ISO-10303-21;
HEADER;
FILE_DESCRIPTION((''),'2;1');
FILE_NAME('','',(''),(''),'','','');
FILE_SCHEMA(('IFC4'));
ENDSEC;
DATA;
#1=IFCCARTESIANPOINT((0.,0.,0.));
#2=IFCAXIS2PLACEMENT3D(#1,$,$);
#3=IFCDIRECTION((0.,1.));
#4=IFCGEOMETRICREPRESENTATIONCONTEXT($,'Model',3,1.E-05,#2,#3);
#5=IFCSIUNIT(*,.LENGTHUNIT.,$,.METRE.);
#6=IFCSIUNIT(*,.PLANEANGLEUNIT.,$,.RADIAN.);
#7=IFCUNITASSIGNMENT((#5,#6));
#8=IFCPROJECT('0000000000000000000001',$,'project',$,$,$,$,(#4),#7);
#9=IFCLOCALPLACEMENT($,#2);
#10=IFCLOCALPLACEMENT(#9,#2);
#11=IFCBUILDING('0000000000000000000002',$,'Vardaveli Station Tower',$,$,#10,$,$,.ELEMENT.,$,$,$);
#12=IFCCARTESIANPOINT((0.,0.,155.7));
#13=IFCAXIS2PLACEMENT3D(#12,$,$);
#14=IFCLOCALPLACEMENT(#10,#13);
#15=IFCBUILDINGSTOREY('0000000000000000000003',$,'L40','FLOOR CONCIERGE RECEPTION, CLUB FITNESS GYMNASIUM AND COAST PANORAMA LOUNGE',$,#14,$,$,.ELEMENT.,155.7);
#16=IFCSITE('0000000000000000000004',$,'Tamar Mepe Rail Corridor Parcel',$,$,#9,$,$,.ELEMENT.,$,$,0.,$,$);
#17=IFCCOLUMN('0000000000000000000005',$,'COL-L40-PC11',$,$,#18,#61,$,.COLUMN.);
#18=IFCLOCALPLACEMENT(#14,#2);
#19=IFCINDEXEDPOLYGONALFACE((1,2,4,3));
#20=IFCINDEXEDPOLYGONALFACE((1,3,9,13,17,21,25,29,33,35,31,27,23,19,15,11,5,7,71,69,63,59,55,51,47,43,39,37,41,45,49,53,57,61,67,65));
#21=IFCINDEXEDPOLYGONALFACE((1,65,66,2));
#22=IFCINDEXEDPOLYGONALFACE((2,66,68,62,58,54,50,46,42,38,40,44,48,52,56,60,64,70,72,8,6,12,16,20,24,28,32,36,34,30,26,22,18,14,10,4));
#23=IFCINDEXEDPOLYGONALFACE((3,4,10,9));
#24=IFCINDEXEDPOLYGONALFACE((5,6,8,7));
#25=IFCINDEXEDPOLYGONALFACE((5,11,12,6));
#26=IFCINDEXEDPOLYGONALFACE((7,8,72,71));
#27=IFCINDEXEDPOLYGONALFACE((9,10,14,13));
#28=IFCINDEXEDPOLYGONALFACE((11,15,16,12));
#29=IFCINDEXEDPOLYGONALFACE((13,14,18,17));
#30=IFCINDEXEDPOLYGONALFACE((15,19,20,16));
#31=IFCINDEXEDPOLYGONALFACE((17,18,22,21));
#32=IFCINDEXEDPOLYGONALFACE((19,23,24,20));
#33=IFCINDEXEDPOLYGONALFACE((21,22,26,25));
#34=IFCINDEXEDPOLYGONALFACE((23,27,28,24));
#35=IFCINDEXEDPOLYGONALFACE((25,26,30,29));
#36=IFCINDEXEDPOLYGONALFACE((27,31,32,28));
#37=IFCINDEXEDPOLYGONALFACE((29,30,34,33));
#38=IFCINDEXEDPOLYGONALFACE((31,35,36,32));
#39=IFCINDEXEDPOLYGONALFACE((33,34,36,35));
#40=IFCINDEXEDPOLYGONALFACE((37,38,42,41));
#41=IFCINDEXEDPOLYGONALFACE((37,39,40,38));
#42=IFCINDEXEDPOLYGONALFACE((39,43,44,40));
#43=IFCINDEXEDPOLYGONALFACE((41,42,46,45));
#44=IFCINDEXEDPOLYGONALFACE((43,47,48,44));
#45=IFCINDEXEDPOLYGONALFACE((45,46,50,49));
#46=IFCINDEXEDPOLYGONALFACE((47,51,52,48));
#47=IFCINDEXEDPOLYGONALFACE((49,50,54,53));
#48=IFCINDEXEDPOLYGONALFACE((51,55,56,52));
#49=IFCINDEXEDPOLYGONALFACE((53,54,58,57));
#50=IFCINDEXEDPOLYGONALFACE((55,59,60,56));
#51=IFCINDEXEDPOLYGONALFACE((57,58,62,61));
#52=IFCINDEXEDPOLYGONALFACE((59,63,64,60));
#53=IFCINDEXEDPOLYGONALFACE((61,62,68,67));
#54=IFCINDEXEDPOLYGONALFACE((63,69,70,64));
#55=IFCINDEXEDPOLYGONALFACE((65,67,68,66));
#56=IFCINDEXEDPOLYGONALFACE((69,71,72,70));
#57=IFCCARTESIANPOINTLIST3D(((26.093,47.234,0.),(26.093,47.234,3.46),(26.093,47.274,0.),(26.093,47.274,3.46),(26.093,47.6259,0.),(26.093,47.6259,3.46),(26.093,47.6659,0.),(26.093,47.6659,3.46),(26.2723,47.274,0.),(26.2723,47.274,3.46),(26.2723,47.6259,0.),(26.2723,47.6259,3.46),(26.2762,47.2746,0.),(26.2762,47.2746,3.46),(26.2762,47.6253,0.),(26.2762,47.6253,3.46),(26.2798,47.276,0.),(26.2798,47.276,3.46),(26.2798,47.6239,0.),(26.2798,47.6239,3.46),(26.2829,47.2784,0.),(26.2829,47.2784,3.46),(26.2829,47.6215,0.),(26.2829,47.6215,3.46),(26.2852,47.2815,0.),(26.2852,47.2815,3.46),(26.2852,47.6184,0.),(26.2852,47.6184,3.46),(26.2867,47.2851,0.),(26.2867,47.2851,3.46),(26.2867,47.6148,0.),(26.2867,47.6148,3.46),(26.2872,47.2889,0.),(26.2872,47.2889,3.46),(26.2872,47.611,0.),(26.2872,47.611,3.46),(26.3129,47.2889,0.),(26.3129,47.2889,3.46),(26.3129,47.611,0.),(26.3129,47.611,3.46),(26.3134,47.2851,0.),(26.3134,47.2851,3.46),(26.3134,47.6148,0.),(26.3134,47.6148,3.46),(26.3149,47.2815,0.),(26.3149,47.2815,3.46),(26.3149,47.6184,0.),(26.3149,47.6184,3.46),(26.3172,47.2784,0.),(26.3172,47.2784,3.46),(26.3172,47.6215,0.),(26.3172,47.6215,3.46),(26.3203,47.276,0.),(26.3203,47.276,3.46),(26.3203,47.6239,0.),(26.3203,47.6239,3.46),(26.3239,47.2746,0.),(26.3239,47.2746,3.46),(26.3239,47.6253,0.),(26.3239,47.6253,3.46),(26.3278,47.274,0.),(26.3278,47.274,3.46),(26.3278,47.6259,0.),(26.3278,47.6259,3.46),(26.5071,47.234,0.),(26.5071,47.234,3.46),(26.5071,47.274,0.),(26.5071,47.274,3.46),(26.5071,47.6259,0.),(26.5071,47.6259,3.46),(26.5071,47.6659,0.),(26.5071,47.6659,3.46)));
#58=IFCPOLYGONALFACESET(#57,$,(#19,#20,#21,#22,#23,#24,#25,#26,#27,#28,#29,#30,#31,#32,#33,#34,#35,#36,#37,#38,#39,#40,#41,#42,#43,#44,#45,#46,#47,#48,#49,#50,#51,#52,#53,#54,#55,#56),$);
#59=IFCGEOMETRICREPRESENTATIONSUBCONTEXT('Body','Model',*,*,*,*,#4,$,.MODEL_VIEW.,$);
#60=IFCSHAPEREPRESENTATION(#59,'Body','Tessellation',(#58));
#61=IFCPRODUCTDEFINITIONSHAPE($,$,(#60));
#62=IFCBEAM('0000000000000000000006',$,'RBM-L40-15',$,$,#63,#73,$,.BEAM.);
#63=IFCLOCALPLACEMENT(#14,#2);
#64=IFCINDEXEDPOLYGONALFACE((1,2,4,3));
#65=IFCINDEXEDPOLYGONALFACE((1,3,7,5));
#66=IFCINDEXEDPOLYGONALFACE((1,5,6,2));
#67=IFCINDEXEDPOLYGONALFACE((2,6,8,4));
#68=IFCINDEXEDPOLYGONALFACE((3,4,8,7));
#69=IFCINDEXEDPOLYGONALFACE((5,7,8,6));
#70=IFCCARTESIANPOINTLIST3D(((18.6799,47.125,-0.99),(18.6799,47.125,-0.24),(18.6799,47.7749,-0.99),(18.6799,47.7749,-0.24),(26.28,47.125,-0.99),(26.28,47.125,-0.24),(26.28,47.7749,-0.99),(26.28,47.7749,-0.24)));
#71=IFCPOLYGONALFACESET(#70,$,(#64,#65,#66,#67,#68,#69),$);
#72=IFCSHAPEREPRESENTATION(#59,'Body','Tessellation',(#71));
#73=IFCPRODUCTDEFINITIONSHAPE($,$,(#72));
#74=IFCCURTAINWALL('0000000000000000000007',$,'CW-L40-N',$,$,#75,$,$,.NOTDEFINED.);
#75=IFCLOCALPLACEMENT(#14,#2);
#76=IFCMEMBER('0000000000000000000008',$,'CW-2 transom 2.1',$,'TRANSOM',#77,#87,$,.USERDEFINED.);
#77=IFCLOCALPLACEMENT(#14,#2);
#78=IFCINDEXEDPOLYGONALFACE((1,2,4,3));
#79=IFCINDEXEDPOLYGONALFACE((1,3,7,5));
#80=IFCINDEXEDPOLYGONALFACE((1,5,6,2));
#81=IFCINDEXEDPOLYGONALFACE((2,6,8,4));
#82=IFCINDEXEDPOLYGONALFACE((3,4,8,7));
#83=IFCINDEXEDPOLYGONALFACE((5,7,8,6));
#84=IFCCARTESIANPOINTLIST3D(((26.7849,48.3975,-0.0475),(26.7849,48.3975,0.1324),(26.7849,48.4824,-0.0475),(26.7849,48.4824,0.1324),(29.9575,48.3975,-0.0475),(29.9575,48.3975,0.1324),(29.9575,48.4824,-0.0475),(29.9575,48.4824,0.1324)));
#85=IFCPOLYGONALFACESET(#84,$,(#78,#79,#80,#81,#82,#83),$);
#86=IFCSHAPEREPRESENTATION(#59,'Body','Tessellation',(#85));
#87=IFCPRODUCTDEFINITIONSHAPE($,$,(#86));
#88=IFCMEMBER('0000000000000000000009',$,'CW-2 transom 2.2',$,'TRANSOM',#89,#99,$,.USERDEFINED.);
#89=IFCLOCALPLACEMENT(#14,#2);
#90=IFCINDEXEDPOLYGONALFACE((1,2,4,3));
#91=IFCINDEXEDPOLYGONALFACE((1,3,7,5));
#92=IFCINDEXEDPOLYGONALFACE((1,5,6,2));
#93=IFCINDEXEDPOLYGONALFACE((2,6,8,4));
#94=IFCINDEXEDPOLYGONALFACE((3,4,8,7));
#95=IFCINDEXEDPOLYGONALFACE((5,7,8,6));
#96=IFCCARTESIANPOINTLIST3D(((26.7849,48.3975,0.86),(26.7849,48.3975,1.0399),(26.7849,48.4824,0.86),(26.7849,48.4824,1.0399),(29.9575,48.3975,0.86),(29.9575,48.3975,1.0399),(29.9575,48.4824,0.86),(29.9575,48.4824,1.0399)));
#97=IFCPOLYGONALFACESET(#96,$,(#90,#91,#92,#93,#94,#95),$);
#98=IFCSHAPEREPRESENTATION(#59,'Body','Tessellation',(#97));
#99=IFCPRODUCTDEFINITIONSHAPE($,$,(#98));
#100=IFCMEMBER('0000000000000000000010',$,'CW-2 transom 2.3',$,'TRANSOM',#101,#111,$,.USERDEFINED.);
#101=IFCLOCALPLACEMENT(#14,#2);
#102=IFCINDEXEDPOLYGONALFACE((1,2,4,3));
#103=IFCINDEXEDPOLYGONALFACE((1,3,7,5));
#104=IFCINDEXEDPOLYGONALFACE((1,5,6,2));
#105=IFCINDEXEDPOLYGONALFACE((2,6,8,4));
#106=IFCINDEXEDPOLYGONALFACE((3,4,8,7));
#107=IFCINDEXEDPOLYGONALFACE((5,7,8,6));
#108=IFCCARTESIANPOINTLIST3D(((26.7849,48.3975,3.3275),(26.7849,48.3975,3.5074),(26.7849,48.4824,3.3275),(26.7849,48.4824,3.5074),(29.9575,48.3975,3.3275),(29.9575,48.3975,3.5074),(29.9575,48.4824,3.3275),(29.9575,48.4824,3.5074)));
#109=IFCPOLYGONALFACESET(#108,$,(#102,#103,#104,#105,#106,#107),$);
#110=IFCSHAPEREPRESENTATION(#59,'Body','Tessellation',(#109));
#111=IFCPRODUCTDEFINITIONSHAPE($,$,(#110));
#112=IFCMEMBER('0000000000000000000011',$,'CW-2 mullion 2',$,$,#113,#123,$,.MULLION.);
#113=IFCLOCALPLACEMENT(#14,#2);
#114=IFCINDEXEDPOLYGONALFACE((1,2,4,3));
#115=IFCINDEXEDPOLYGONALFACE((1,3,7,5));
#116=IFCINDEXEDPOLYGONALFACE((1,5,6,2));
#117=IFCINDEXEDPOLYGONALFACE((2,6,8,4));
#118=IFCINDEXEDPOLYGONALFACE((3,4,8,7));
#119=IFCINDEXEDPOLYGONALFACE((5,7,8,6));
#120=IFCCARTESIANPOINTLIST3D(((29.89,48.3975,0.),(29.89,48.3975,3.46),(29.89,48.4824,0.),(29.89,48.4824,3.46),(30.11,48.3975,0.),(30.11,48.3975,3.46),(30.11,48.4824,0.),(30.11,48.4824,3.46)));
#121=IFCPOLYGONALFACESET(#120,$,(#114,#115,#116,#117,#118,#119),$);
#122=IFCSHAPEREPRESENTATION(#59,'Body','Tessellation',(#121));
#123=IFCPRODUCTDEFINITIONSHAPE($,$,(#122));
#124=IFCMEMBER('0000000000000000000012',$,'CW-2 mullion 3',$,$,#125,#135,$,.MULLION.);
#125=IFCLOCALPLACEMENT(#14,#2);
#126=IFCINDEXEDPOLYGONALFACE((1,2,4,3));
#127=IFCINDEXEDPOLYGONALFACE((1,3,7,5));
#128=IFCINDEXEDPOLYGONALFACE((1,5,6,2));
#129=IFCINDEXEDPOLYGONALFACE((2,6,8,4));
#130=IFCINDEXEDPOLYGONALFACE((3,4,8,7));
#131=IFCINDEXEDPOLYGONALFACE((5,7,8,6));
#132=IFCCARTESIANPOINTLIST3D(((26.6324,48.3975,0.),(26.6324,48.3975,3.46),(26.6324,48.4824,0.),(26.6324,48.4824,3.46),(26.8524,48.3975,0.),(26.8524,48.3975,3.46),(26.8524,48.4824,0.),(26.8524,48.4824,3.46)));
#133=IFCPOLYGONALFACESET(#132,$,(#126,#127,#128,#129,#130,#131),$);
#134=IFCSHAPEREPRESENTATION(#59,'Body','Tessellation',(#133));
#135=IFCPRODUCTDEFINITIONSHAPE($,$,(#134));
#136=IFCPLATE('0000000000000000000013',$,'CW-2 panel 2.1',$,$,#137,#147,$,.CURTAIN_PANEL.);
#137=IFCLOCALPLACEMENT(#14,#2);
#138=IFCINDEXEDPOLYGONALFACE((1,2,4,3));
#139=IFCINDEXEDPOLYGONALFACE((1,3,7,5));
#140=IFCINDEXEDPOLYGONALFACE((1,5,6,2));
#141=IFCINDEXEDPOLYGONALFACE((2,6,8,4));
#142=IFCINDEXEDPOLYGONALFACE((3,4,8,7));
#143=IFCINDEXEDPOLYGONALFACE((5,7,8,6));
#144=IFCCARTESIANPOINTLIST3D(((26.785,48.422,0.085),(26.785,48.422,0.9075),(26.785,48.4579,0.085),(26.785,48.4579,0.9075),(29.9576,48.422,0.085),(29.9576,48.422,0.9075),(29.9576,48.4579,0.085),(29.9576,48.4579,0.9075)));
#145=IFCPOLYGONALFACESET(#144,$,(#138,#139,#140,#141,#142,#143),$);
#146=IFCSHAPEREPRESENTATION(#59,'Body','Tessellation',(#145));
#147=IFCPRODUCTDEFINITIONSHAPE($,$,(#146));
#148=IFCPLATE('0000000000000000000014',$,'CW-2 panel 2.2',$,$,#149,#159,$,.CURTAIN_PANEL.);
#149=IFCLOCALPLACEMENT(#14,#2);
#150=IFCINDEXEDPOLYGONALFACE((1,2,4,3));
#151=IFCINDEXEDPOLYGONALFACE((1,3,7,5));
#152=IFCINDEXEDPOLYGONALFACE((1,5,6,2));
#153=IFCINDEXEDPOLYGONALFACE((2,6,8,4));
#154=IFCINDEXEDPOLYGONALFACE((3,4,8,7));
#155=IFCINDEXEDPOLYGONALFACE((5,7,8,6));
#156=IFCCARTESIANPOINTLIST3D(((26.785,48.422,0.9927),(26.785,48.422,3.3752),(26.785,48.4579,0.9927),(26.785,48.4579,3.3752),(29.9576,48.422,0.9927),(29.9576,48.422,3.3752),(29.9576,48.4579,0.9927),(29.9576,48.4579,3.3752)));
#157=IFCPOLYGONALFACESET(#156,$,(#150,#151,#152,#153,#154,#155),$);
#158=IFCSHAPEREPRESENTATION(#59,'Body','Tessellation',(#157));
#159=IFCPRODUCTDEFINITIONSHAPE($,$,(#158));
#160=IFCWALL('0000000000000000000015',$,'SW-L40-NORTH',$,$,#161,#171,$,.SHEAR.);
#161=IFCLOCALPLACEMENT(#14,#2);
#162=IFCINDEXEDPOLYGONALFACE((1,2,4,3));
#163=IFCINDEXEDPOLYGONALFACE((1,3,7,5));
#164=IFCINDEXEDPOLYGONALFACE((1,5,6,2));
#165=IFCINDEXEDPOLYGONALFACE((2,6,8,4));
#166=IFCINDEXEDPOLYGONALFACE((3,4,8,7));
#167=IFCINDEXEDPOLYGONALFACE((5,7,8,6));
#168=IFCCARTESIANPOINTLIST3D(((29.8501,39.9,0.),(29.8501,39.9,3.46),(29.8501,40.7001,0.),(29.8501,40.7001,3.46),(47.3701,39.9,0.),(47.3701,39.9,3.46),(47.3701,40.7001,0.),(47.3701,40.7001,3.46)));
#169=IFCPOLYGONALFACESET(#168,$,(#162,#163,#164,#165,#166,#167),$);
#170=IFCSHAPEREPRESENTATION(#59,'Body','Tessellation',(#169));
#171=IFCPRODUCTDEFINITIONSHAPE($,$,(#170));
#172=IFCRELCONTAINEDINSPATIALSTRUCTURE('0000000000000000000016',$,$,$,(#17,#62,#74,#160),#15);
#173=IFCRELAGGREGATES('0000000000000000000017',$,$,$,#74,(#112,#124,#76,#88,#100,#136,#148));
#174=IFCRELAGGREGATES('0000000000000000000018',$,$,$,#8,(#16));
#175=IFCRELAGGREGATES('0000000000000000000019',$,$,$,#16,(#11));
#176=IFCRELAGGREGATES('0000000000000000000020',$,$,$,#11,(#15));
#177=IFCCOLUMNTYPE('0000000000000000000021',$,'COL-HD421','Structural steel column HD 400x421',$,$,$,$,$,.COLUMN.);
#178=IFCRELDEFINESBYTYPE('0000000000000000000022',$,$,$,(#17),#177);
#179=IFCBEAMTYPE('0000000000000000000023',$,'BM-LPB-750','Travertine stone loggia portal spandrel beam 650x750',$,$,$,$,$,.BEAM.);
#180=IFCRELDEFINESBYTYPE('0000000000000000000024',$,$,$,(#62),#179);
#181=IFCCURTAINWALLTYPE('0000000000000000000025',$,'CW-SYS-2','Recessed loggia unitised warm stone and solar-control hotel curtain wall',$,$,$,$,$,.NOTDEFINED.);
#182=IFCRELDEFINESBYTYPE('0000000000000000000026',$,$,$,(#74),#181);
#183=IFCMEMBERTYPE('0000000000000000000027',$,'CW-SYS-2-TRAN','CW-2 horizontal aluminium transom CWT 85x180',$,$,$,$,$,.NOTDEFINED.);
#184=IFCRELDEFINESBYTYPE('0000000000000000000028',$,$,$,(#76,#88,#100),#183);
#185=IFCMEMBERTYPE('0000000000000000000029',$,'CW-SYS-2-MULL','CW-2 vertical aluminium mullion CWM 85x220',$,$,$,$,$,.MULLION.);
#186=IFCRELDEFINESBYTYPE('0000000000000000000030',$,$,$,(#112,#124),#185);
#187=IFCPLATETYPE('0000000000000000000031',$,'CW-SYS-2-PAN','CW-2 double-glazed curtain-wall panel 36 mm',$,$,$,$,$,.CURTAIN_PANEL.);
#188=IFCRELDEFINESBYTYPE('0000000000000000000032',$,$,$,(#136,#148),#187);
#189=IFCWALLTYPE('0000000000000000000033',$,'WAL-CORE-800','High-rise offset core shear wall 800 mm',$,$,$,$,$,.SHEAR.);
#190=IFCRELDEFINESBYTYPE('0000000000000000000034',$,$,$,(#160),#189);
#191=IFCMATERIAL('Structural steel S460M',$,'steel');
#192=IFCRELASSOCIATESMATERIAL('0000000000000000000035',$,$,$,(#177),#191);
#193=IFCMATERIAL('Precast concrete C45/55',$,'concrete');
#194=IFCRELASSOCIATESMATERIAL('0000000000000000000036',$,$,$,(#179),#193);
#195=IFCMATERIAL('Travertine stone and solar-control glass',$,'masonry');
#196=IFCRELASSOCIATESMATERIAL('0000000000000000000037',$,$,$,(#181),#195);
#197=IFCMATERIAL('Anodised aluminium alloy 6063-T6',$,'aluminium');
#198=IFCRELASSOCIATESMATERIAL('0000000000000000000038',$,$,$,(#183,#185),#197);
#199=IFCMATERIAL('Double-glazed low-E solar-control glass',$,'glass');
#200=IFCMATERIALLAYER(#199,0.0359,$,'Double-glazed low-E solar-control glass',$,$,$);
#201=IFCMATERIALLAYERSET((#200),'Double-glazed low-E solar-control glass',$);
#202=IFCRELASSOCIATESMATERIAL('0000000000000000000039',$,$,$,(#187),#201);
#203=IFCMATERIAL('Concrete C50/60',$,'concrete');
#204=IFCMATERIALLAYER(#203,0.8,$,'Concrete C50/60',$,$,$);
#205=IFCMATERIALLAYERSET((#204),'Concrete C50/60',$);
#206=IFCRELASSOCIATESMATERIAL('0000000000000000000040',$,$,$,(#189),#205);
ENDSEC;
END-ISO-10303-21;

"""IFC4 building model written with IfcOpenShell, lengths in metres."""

from ifc_helpers import new_model, si_unit, direction, frame, frame_2d, origin, origin_2d, place, context, subcontext, project, spatial, rectangle, i_section, extrude, source, transform, mapped, material, layer, layer_set, material_profile, profile_set, type_object, element, aggregate, save


model = new_model("IFC4")

# Units and contexts
model_context = context("Model", 3, precision=1e-05, world=origin(), true_north=direction((0.0, 1.0)))
body_context = subcontext(model_context, "Body", "Model", "MODEL_VIEW")
ifc_project = project(units=[si_unit("LENGTHUNIT", "METRE"), si_unit("PLANEANGLEUNIT", "RADIAN")], contexts=[model_context])

# Site, building, storey
site_placement = place(None, origin())
site = spatial("IfcSite", under=ifc_project, at=site_placement, Name="Tamar Mepe Rail Corridor Parcel", CompositionType="ELEMENT", RefElevation=0.0)
building_placement = place(site_placement, origin())
building = spatial("IfcBuilding", under=site, at=building_placement, Name="Vardaveli Station Tower", CompositionType="ELEMENT")
storey_placement = place(building_placement, frame((0.0, 0.0, 155.7)))
storey = spatial("IfcBuildingStorey", under=building, at=storey_placement, Name="L40", Description="FLOOR CONCIERGE RECEPTION, CLUB FITNESS GYMNASIUM AND COAST PANORAMA LOUNGE", CompositionType="ELEMENT", Elevation=155.7)

# Column
ifc_material_1 = material(Name="Structural steel S460M", Category="steel")
ifc_material_profile_1 = material_profile(ifc_material_1, i_section(OverallWidth=0.4141, OverallDepth=0.4319, WebThickness=0.0256, FlangeThickness=0.04, FilletRadius=0.0149, at=origin_2d()), Name="HD 400x421")
ifc_profile_set_1 = profile_set([ifc_material_profile_1], Name="Structural steel S460M")
column_type = type_object("IfcColumnType", Name="COL-HD421", Description="Structural steel column HD 400x421", PredefinedType="COLUMN", material=ifc_profile_set_1)
shared_shape_1 = source(origin(), body_context, "Body", "SweptSolid", [
    extrude(i_section(OverallWidth=0.4141, OverallDepth=0.4319, WebThickness=0.0256, FlangeThickness=0.04, FilletRadius=0.0149, at=origin_2d()), origin(), (0.0, 0.0, 1.0), 3.46),
])
column_placement = place(storey_placement, frame((26.3, 47.45, 0.0), z_axis=(0.0, 0.0, 1.0), x_axis=(1.0, 0.0, 0.0)))
element("IfcColumn", 1, at=column_placement, inside=storey, type_object=column_type, Name="COL-L40-PC11", PredefinedType="COLUMN", context=body_context, shape_type="MappedRepresentation", body=[
    mapped(shared_shape_1, transform((0.0, 0.0, 0.0), scale=1.0)),
])

# Beam
ifc_material_2 = material(Name="Precast concrete C45/55", Category="concrete")
ifc_material_profile_2 = material_profile(ifc_material_2, rectangle(XDim=0.6499, YDim=0.75, at=origin_2d()), Name="LPB 650x750")
ifc_profile_set_2 = profile_set([ifc_material_profile_2], Name="Precast concrete C45/55")
beam_type = type_object("IfcBeamType", Name="BM-LPB-750", Description="Travertine stone loggia portal spandrel beam 650x750", PredefinedType="BEAM", material=ifc_profile_set_2)
shared_shape_2 = source(origin(), body_context, "Body", "SweptSolid", [
    extrude(rectangle(XDim=0.6499, YDim=0.75, at=origin_2d()), origin(), (0.0, 0.0, 1.0), 7.6001),
])
beam_placement = place(storey_placement, frame((26.28, 47.45, -0.615), z_axis=(-1.0, 0.0, 0.0), x_axis=(0.0, -1.0, 0.0)))
element("IfcBeam", 2, at=beam_placement, inside=storey, type_object=beam_type, Name="RBM-L40-15", PredefinedType="BEAM", context=body_context, shape_type="MappedRepresentation", body=[
    mapped(shared_shape_2, transform((0.0, 0.0, 0.0), scale=1.0)),
])

# Curtain wall, members, plates
ifc_material_3 = material(Name="Travertine stone and solar-control glass", Category="masonry")
curtain_wall_type = type_object("IfcCurtainWallType", Name="CW-SYS-2", Description="Recessed loggia unitised warm stone and solar-control hotel curtain wall", PredefinedType="NOTDEFINED", material=ifc_material_3)
curtain_wall_placement = place(storey_placement, origin())
curtain_wall = element("IfcCurtainWall", 3, at=curtain_wall_placement, inside=storey, type_object=curtain_wall_type, Name="CW-L40-N", PredefinedType="NOTDEFINED")
ifc_material_4 = material(Name="Anodised aluminium alloy 6063-T6", Category="aluminium")
ifc_material_profile_3 = material_profile(ifc_material_4, rectangle(XDim=0.085, YDim=0.1799, at=origin_2d()), Name="CWT 85x180")
ifc_profile_set_3 = profile_set([ifc_material_profile_3], Name="Anodised aluminium alloy 6063-T6")
member_type_1 = type_object("IfcMemberType", Name="CW-SYS-2-TRAN", Description="CW-2 horizontal aluminium transom CWT 85x180", PredefinedType="NOTDEFINED", material=ifc_profile_set_3)
shared_shape_3 = source(origin(), body_context, "Body", "SweptSolid", [
    extrude(rectangle(XDim=0.085, YDim=0.1799, at=origin_2d()), origin(), (0.0, 0.0, 1.0), 3.1726),
])
member_1_placement = place(storey_placement, frame((29.9575, 48.4399, 0.0425), z_axis=(-1.0, 0.0, 0.0), x_axis=(0.0, -1.0, 0.0)))
member_1 = element("IfcMember", 4, at=member_1_placement, type_object=member_type_1, Name="CW-2 transom 2.1", ObjectType="TRANSOM", PredefinedType="USERDEFINED", context=body_context, shape_type="MappedRepresentation", body=[
    mapped(shared_shape_3, transform((0.0, 0.0, 0.0), scale=1.0)),
])
member_2_placement = place(storey_placement, frame((29.9575, 48.4399, 0.95), z_axis=(-1.0, 0.0, 0.0), x_axis=(0.0, -1.0, 0.0)))
member_2 = element("IfcMember", 5, at=member_2_placement, type_object=member_type_1, Name="CW-2 transom 2.2", ObjectType="TRANSOM", PredefinedType="USERDEFINED", context=body_context, shape_type="MappedRepresentation", body=[
    mapped(shared_shape_3, transform((0.0, 0.0, 0.0), scale=1.0)),
])
member_3_placement = place(storey_placement, frame((29.9575, 48.4399, 3.4175), z_axis=(-1.0, 0.0, 0.0), x_axis=(0.0, -1.0, 0.0)))
member_3 = element("IfcMember", 6, at=member_3_placement, type_object=member_type_1, Name="CW-2 transom 2.3", ObjectType="TRANSOM", PredefinedType="USERDEFINED", context=body_context, shape_type="MappedRepresentation", body=[
    mapped(shared_shape_3, transform((0.0, 0.0, 0.0), scale=1.0)),
])
ifc_material_profile_4 = material_profile(ifc_material_4, rectangle(XDim=0.085, YDim=0.22, at=origin_2d()), Name="CWM 85x220")
ifc_profile_set_4 = profile_set([ifc_material_profile_4], Name="Anodised aluminium alloy 6063-T6")
member_type_2 = type_object("IfcMemberType", Name="CW-SYS-2-MULL", Description="CW-2 vertical aluminium mullion CWM 85x220", PredefinedType="MULLION", material=ifc_profile_set_4)
shared_shape_4 = source(origin(), body_context, "Body", "SweptSolid", [
    extrude(rectangle(XDim=0.085, YDim=0.22, at=origin_2d()), origin(), (0.0, 0.0, 1.0), 3.46),
])
member_4_placement = place(storey_placement, frame((30.0, 48.4399, 0.0), z_axis=(0.0, 0.0, 1.0), x_axis=(0.0, -1.0, 0.0)))
member_4 = element("IfcMember", 7, at=member_4_placement, type_object=member_type_2, Name="CW-2 mullion 2", PredefinedType="MULLION", context=body_context, shape_type="MappedRepresentation", body=[
    mapped(shared_shape_4, transform((0.0, 0.0, 0.0), scale=1.0)),
])
member_5_placement = place(storey_placement, frame((26.7424, 48.4399, 0.0), z_axis=(0.0, 0.0, 1.0), x_axis=(0.0, -1.0, 0.0)))
member_5 = element("IfcMember", 8, at=member_5_placement, type_object=member_type_2, Name="CW-2 mullion 3", PredefinedType="MULLION", context=body_context, shape_type="MappedRepresentation", body=[
    mapped(shared_shape_4, transform((0.0, 0.0, 0.0), scale=1.0)),
])
ifc_material_5 = material(Name="Double-glazed low-E solar-control glass", Category="glass")
ifc_layer_1 = layer(ifc_material_5, 0.0359, Name="Double-glazed low-E solar-control glass")
ifc_layer_set_1 = layer_set([ifc_layer_1], Name="Double-glazed low-E solar-control glass")
plate_type = type_object("IfcPlateType", Name="CW-SYS-2-PAN", Description="CW-2 double-glazed curtain-wall panel 36 mm", PredefinedType="CURTAIN_PANEL", material=ifc_layer_set_1)
shared_shape_5 = source(origin(), body_context, "Body", "SweptSolid", [
    extrude(rectangle(XDim=3.1726, YDim=0.0359, at=origin_2d()), origin(), (0.0, 0.0, 1.0), 0.8225),
])
plate_1_placement = place(storey_placement, frame((28.3713, 48.4399, 0.085), z_axis=(0.0, 0.0, 1.0), x_axis=(-1.0, 0.0, 0.0)))
plate_1 = element("IfcPlate", 9, at=plate_1_placement, type_object=plate_type, Name="CW-2 panel 2.1", PredefinedType="CURTAIN_PANEL", context=body_context, shape_type="MappedRepresentation", body=[
    mapped(shared_shape_5, transform((0.0, 0.0, 0.0), scale=1.0)),
])
shared_shape_6 = source(origin(), body_context, "Body", "SweptSolid", [
    extrude(rectangle(XDim=3.1726, YDim=0.0359, at=origin_2d()), origin(), (0.0, 0.0, 1.0), 2.3826),
])
plate_2_placement = place(storey_placement, frame((28.3713, 48.4399, 0.9927), z_axis=(0.0, 0.0, 1.0), x_axis=(-1.0, 0.0, 0.0)))
plate_2 = element("IfcPlate", 10, at=plate_2_placement, type_object=plate_type, Name="CW-2 panel 2.2", PredefinedType="CURTAIN_PANEL", context=body_context, shape_type="MappedRepresentation", body=[
    mapped(shared_shape_6, transform((0.0, 0.0, 0.0), scale=1.0)),
])
aggregate(curtain_wall, [member_4, member_5, member_1, member_2, member_3, plate_1, plate_2])

# Wall
ifc_material_6 = material(Name="Concrete C50/60", Category="concrete")
ifc_layer_2 = layer(ifc_material_6, 0.8, Name="Concrete C50/60")
ifc_layer_set_2 = layer_set([ifc_layer_2], Name="Concrete C50/60")
wall_type_1 = type_object("IfcWallType", Name="WAL-CORE-800", Description="High-rise offset core shear wall 800 mm", PredefinedType="SHEAR", material=ifc_layer_set_2)
shared_shape_7 = source(origin(), body_context, "Body", "SweptSolid", [
    extrude(rectangle(XDim=17.52, YDim=0.8, at=frame_2d((8.76, 0.0))), origin(), (0.0, 0.0, 1.0), 3.46),
])
wall_1_placement = place(storey_placement, frame((29.8501, 40.3, 0.0), z_axis=(0.0, 0.0, 1.0), x_axis=(1.0, 0.0, 0.0)))
element("IfcWall", 11, at=wall_1_placement, inside=storey, type_object=wall_type_1, Name="SW-L40-NORTH", PredefinedType="SHEAR", context=body_context, shape_type="MappedRepresentation", body=[
    mapped(shared_shape_7, transform((0.0, 0.0, 0.0), scale=1.0)),
])

save(model, "model.ifc")
